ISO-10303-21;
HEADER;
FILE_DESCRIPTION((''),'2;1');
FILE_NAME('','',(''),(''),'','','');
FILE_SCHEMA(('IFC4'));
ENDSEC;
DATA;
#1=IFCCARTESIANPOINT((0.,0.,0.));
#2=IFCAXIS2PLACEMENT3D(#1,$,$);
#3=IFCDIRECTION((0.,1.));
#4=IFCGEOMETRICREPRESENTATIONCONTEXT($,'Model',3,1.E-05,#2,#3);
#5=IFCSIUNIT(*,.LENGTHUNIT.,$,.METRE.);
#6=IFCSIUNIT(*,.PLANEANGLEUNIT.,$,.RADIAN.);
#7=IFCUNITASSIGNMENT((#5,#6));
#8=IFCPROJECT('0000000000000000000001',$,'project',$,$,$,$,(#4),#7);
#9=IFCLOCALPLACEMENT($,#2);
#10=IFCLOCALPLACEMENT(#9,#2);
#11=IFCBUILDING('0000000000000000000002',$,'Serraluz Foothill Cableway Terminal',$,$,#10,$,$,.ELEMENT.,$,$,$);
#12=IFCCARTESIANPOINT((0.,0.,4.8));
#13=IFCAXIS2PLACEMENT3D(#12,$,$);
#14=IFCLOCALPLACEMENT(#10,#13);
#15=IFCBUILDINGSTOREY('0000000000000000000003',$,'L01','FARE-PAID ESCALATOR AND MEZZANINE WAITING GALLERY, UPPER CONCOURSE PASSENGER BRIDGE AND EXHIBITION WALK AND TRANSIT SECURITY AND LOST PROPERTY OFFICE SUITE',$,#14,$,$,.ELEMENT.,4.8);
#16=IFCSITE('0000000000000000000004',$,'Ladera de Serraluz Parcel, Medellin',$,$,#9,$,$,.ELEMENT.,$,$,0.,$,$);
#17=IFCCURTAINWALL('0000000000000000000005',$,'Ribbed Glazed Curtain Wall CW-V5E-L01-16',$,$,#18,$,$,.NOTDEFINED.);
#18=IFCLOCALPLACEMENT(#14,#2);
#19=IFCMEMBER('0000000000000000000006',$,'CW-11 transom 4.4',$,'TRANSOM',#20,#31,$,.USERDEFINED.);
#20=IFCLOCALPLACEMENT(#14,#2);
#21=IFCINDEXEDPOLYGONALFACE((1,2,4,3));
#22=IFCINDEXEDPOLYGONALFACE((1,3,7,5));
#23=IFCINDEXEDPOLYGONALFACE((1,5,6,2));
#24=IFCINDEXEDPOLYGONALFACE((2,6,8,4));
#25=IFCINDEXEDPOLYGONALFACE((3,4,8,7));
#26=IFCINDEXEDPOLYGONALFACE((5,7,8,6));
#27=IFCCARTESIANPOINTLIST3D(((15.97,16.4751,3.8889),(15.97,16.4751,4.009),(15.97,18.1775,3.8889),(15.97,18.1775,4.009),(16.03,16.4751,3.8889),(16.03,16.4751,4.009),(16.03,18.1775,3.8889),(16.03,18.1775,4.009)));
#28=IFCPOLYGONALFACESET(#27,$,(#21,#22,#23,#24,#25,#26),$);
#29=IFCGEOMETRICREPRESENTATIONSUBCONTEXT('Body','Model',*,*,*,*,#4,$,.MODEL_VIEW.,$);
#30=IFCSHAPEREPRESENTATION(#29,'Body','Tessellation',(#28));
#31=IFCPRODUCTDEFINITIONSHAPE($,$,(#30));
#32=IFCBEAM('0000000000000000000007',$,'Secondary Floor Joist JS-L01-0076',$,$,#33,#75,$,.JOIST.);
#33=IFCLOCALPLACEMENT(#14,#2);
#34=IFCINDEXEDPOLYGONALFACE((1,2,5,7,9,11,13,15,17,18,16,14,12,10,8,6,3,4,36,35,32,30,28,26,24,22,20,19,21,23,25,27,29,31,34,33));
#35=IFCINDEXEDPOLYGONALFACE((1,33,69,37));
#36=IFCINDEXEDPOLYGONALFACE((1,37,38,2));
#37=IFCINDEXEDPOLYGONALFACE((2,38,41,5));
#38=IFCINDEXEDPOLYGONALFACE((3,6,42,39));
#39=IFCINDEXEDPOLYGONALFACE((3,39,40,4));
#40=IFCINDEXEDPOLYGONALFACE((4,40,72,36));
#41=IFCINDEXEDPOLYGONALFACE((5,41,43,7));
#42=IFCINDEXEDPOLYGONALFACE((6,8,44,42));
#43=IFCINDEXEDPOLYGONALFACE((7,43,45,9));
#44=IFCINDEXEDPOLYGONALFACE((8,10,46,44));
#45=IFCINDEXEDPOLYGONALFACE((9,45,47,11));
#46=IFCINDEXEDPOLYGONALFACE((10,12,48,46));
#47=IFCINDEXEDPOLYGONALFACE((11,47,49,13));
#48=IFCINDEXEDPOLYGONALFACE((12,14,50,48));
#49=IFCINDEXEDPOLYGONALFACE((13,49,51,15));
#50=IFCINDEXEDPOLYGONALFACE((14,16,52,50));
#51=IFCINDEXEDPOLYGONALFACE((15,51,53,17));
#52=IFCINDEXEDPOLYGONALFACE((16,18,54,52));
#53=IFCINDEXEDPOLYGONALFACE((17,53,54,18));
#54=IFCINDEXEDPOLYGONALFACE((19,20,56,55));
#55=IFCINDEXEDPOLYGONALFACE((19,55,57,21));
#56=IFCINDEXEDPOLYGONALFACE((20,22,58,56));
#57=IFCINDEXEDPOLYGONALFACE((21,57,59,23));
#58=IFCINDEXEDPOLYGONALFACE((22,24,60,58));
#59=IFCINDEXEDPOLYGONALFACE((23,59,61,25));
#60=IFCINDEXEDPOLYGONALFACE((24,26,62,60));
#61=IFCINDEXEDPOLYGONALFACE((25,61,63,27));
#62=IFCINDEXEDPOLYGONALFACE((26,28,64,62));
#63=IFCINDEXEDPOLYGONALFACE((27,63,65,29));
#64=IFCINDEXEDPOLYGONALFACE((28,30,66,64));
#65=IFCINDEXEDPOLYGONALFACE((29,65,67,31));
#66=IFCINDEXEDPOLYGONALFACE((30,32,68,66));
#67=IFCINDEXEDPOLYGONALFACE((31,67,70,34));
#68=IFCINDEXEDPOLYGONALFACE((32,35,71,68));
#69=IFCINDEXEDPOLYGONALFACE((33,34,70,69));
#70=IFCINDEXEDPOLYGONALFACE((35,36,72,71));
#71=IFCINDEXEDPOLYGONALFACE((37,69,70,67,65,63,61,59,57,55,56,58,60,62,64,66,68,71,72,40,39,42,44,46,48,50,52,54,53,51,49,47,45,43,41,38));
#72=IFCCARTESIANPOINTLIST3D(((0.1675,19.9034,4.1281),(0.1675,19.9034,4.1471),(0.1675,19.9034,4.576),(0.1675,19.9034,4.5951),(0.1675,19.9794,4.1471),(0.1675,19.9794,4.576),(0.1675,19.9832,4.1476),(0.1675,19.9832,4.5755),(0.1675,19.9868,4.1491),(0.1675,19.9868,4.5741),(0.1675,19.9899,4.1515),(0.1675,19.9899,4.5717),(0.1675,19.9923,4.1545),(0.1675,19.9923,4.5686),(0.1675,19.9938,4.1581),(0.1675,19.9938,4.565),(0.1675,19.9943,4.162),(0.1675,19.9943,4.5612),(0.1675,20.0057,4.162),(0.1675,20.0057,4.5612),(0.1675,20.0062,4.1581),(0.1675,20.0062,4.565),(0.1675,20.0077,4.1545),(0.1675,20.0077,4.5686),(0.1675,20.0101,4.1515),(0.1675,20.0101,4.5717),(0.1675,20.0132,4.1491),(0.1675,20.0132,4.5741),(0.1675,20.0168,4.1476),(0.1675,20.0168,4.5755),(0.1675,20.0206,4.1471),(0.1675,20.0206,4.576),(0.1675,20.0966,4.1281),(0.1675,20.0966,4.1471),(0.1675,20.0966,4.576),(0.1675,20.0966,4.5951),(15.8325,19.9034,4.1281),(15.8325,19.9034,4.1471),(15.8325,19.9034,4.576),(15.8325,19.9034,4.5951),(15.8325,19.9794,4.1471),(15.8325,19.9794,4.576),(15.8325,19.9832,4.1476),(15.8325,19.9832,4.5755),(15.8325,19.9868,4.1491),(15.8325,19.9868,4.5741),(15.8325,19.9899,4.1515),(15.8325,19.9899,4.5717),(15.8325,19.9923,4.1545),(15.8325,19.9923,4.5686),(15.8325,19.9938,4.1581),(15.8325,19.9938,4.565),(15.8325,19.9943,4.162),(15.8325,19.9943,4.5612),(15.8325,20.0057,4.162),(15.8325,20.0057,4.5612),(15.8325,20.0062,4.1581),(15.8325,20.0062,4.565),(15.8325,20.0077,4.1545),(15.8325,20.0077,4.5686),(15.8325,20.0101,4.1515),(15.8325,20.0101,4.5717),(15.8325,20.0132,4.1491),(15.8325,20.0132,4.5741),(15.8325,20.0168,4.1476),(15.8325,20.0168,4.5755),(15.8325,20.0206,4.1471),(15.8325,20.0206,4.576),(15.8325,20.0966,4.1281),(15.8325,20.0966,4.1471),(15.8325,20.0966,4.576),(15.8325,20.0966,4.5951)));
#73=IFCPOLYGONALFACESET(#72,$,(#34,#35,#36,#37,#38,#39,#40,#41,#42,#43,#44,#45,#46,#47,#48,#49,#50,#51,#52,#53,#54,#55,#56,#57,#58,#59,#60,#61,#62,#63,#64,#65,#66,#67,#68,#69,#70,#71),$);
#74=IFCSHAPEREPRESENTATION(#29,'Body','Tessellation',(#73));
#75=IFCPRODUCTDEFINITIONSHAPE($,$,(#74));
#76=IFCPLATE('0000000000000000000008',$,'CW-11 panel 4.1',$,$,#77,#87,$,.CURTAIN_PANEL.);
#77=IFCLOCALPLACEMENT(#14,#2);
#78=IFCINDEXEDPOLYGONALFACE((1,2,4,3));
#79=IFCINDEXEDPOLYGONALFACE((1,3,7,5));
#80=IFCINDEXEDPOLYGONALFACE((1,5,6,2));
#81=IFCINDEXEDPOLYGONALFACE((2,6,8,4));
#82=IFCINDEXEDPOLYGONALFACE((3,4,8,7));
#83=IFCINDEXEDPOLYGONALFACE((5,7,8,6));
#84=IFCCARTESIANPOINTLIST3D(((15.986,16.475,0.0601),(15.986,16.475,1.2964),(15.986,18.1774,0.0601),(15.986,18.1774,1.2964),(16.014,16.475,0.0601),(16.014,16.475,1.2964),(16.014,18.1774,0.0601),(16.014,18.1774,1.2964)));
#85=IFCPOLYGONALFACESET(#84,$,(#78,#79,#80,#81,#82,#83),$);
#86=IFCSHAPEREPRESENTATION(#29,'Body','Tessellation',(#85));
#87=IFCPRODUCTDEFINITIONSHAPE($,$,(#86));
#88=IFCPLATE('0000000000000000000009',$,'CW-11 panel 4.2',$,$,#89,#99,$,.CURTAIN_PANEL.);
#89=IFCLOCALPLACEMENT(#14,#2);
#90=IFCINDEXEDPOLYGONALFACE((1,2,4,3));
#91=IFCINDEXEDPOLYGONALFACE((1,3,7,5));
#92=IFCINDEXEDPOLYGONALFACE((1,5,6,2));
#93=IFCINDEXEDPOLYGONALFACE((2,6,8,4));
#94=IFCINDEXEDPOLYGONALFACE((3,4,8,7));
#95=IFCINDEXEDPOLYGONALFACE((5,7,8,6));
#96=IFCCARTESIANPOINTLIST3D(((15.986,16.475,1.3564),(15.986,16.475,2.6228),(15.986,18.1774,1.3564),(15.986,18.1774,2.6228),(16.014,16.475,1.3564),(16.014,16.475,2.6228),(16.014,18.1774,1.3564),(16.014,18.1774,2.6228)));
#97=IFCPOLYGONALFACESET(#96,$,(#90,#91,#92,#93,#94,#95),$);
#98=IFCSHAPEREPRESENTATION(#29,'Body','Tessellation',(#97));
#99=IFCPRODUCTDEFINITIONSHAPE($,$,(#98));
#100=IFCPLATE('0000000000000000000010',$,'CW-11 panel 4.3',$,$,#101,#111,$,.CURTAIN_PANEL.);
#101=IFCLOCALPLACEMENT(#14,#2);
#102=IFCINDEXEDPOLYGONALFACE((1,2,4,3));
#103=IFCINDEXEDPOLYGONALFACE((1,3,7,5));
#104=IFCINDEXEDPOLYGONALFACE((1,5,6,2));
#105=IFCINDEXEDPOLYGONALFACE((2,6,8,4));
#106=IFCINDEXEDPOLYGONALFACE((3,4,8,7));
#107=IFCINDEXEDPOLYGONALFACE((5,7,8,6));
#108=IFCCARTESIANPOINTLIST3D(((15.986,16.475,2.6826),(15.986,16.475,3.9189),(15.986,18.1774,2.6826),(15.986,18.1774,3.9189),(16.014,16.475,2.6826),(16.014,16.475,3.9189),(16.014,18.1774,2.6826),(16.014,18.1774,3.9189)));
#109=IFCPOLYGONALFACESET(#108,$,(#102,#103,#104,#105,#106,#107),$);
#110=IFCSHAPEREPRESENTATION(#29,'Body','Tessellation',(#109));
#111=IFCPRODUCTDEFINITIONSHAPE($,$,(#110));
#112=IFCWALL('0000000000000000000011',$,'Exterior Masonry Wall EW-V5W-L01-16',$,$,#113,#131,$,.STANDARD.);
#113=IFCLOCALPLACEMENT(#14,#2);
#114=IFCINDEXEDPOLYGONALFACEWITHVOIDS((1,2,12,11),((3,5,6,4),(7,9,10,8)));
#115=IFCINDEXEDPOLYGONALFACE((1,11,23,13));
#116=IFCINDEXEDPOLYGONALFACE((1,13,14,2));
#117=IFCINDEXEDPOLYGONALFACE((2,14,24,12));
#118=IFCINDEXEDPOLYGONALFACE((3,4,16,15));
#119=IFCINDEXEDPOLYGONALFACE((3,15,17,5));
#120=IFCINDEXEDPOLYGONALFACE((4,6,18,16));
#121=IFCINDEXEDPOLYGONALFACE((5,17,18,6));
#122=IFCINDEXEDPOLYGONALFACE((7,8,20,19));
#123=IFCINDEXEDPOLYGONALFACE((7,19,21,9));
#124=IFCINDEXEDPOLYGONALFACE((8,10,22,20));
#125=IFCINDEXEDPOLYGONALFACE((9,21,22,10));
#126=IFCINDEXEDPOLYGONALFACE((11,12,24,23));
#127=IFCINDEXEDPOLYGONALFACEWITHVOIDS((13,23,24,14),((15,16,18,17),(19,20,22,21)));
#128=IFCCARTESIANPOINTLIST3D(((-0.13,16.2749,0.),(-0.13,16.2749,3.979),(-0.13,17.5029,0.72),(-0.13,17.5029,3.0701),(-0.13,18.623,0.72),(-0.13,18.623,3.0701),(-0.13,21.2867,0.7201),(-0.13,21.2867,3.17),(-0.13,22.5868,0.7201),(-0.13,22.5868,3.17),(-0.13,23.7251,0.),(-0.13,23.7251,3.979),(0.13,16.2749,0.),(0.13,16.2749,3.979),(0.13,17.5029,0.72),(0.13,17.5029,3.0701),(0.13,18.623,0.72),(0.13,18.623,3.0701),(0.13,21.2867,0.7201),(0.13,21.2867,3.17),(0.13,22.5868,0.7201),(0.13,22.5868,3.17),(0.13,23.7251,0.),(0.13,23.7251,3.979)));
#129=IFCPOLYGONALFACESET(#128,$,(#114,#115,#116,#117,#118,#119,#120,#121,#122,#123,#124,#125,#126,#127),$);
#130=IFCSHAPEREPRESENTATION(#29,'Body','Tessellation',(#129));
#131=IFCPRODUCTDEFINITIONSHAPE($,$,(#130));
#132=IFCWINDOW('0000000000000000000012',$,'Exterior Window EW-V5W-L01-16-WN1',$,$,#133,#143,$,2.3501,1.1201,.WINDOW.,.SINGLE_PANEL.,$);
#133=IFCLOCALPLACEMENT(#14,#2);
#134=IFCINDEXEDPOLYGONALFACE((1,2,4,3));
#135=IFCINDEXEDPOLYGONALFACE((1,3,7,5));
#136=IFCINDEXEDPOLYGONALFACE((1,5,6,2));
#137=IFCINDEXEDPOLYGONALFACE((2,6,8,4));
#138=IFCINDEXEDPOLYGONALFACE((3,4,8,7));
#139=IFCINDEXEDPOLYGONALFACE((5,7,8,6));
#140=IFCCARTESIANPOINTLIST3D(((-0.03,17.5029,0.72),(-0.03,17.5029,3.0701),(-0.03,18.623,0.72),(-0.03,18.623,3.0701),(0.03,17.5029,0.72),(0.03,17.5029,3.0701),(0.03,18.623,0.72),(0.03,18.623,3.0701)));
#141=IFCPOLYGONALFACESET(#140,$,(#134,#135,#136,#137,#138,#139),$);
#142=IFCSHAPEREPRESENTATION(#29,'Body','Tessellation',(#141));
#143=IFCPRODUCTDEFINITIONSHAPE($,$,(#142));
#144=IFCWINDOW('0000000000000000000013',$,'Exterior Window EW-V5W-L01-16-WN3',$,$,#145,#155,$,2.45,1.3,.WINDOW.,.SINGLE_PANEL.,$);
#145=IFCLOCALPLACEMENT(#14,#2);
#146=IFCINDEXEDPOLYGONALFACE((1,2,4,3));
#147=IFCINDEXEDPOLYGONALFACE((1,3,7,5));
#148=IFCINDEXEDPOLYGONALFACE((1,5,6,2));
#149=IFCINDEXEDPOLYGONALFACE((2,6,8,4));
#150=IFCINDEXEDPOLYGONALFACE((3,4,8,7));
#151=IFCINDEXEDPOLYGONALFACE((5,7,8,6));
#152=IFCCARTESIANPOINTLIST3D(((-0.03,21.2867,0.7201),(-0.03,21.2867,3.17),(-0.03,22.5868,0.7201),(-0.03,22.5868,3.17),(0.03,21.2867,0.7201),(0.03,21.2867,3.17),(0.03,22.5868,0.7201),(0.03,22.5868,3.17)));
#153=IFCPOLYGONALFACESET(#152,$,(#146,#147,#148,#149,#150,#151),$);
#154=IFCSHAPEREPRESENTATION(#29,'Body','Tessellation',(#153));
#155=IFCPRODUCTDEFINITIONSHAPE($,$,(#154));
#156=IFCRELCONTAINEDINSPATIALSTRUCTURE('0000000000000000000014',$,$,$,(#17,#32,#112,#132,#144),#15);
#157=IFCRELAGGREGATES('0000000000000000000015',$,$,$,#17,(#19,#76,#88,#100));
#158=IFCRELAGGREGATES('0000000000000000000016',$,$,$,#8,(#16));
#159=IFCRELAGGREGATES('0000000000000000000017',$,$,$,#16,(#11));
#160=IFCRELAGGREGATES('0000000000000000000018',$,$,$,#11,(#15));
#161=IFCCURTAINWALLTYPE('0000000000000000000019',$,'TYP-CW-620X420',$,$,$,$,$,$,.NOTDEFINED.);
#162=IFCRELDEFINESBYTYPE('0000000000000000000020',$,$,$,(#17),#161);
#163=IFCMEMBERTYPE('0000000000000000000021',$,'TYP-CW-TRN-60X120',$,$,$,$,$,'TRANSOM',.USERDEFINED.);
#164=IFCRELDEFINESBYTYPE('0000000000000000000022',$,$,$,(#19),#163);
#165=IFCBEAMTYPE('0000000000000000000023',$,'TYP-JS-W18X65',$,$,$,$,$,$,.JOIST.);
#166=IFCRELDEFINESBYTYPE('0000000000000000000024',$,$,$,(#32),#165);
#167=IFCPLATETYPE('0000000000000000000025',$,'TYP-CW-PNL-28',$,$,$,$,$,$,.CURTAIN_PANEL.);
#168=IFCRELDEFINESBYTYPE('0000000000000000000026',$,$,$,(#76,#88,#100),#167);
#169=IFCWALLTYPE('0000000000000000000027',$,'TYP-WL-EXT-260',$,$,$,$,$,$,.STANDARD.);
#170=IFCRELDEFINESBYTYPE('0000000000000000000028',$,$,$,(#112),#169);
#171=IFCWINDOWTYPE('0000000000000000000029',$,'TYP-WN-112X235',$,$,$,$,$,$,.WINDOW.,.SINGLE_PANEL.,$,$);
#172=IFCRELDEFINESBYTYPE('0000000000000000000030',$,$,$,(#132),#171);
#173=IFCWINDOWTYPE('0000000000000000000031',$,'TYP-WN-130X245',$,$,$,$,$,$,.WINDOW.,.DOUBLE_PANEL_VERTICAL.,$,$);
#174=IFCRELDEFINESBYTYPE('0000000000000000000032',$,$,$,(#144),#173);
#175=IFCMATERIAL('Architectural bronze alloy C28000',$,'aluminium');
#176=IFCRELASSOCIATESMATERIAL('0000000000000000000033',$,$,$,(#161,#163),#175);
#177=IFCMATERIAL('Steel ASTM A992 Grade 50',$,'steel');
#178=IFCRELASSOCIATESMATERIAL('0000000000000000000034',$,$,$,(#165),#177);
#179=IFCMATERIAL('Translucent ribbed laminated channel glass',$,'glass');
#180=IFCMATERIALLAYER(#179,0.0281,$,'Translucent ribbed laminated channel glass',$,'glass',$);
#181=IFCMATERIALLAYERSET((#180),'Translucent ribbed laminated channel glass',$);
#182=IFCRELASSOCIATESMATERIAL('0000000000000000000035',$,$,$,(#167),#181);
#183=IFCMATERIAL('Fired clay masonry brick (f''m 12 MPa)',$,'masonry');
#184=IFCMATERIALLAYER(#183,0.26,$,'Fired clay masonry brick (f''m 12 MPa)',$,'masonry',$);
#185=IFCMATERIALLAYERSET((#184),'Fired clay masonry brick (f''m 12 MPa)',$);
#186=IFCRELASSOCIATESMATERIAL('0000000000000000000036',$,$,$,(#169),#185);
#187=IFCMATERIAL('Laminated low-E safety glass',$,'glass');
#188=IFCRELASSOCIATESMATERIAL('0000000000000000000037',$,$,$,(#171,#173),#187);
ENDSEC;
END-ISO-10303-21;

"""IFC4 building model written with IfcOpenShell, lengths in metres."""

from ifc_helpers import new_model, si_unit, direction, frame, frame_2d, origin, origin_2d, place, context, subcontext, project, spatial, rectangle, i_section, extrude, material, layer, layer_set, material_profile, profile_set, type_object, element, fill, aggregate, save


model = new_model("IFC4")

# Units and contexts
model_context = context("Model", 3, precision=1e-05, world=origin(), true_north=direction((0.0, 1.0)))
body_context = subcontext(model_context, "Body", "Model", "MODEL_VIEW")
ifc_project = project(units=[si_unit("LENGTHUNIT", "METRE"), si_unit("PLANEANGLEUNIT", "RADIAN")], contexts=[model_context])

# Site, building, storey
site_placement = place(None, origin())
site = spatial("IfcSite", under=ifc_project, at=site_placement, Name="Ladera de Serraluz Parcel, Medellin", CompositionType="ELEMENT", RefElevation=0.0)
building_placement = place(site_placement, origin())
building = spatial("IfcBuilding", under=site, at=building_placement, Name="Serraluz Foothill Cableway Terminal", CompositionType="ELEMENT")
storey_placement = place(building_placement, frame((0.0, 0.0, 4.8)))
storey = spatial("IfcBuildingStorey", under=building, at=storey_placement, Name="L01", Description="FARE-PAID ESCALATOR AND MEZZANINE WAITING GALLERY, UPPER CONCOURSE PASSENGER BRIDGE AND EXHIBITION WALK AND TRANSIT SECURITY AND LOST PROPERTY OFFICE SUITE", CompositionType="ELEMENT", Elevation=4.8)

# Shared definitions
ifc_material_1 = material(Name="Fired clay masonry brick (f'm 12 MPa)", Category="masonry")

# Shared definitions
ifc_material_2 = material(Name="Steel ASTM A992 Grade 50", Category="steel")

# Curtain wall, member
ifc_material_3 = material(Name="Architectural bronze alloy C28000", Category="aluminium")
curtain_wall_type = type_object("IfcCurtainWallType", Name="TYP-CW-620X420", PredefinedType="NOTDEFINED", material=ifc_material_3)
curtain_wall_placement = place(storey_placement, origin())
curtain_wall = element("IfcCurtainWall", 1, at=curtain_wall_placement, inside=storey, type_object=curtain_wall_type, Name="Ribbed Glazed Curtain Wall CW-V5E-L01-16", PredefinedType="NOTDEFINED")
ifc_material_profile_1 = material_profile(ifc_material_3, rectangle(XDim=0.0601, YDim=0.1201, at=origin_2d()), Name="ALU TRANSOM 60x120")
ifc_profile_set_1 = profile_set([ifc_material_profile_1], Name="Architectural bronze alloy C28000")
member_type_1 = type_object("IfcMemberType", Name="TYP-CW-TRN-60X120", ElementType="TRANSOM", PredefinedType="USERDEFINED", material=ifc_profile_set_1)
member_1_placement = place(storey_placement, frame((16.0, 18.1775, 3.949), z_axis=(0.0, -1.0, 0.0), x_axis=(1.0, 0.0, 0.0)))
member_1 = element("IfcMember", 2, at=member_1_placement, type_object=member_type_1, Name="CW-11 transom 4.4", ObjectType="TRANSOM", PredefinedType="USERDEFINED", context=body_context, shape_type="SweptSolid", body=[
    extrude(rectangle(XDim=0.0601, YDim=0.1201, at=origin_2d()), origin(), (0.0, 0.0, 1.0), 1.7024),
])

# Beam
ifc_material_profile_2 = material_profile(ifc_material_2, i_section(OverallWidth=0.1931, OverallDepth=0.467, WebThickness=0.0115, FlangeThickness=0.019, FilletRadius=0.0149, at=origin_2d()), Name="W18X65")
ifc_profile_set_2 = profile_set([ifc_material_profile_2], Name="Steel ASTM A992 Grade 50")
beam_type_1 = type_object("IfcBeamType", Name="TYP-JS-W18X65", PredefinedType="JOIST", material=ifc_profile_set_2)
beam_1_placement = place(storey_placement, frame((0.1675, 20.0, 4.3616), z_axis=(1.0, 0.0, 0.0), x_axis=(0.0, 1.0, 0.0)))
element("IfcBeam", 3, at=beam_1_placement, inside=storey, type_object=beam_type_1, Name="Secondary Floor Joist JS-L01-0076", PredefinedType="JOIST", context=body_context, shape_type="SweptSolid", body=[
    extrude(i_section(OverallWidth=0.1931, OverallDepth=0.467, WebThickness=0.0115, FlangeThickness=0.019, FilletRadius=0.0149, at=origin_2d()), origin(), (0.0, 0.0, 1.0), 15.665),
])

# Plates
ifc_material_4 = material(Name="Translucent ribbed laminated channel glass", Category="glass")
ifc_layer_1 = layer(ifc_material_4, 0.0281, Name="Translucent ribbed laminated channel glass", Category="glass")
ifc_layer_set_1 = layer_set([ifc_layer_1], Name="Translucent ribbed laminated channel glass")
plate_type = type_object("IfcPlateType", Name="TYP-CW-PNL-28", PredefinedType="CURTAIN_PANEL", material=ifc_layer_set_1)
plate_1_placement = place(storey_placement, frame((16.0, 17.3262, 0.0601), z_axis=(0.0, 0.0, 1.0), x_axis=(0.0, -1.0, 0.0)))
plate_1 = element("IfcPlate", 4, at=plate_1_placement, type_object=plate_type, Name="CW-11 panel 4.1", PredefinedType="CURTAIN_PANEL", context=body_context, shape_type="SweptSolid", body=[
    extrude(rectangle(XDim=1.7024, YDim=0.0281, at=origin_2d()), origin(), (0.0, 0.0, 1.0), 1.2363),
])
plate_2_placement = place(storey_placement, frame((16.0, 17.3262, 1.3564), z_axis=(0.0, 0.0, 1.0), x_axis=(0.0, -1.0, 0.0)))
plate_2 = element("IfcPlate", 5, at=plate_2_placement, type_object=plate_type, Name="CW-11 panel 4.2", PredefinedType="CURTAIN_PANEL", context=body_context, shape_type="SweptSolid", body=[
    extrude(rectangle(XDim=1.7024, YDim=0.0281, at=origin_2d()), origin(), (0.0, 0.0, 1.0), 1.2664),
])
plate_3_placement = place(storey_placement, frame((16.0, 17.3262, 2.6826), z_axis=(0.0, 0.0, 1.0), x_axis=(0.0, -1.0, 0.0)))
plate_3 = element("IfcPlate", 6, at=plate_3_placement, type_object=plate_type, Name="CW-11 panel 4.3", PredefinedType="CURTAIN_PANEL", context=body_context, shape_type="SweptSolid", body=[
    extrude(rectangle(XDim=1.7024, YDim=0.0281, at=origin_2d()), origin(), (0.0, 0.0, 1.0), 1.2363),
])
aggregate(curtain_wall, [member_1, plate_1, plate_2, plate_3])

# Wall, openings, windows
ifc_layer_2 = layer(ifc_material_1, 0.26, Name="Fired clay masonry brick (f'm 12 MPa)", Category="masonry")
ifc_layer_set_2 = layer_set([ifc_layer_2], Name="Fired clay masonry brick (f'm 12 MPa)")
wall_type = type_object("IfcWallType", Name="TYP-WL-EXT-260", PredefinedType="STANDARD", material=ifc_layer_set_2)
wall_1_placement = place(storey_placement, frame((0.0, 16.2749, 0.0), z_axis=(0.0, 0.0, 1.0), x_axis=(0.0, 1.0, 0.0)))
wall_1 = element("IfcWall", 7, at=wall_1_placement, inside=storey, type_object=wall_type, Name="Exterior Masonry Wall EW-V5W-L01-16", PredefinedType="STANDARD", context=body_context, shape_type="SweptSolid", body=[
    extrude(rectangle(XDim=7.4502, YDim=0.26, at=frame_2d((3.7251, 0.0))), origin(), (0.0, 0.0, 1.0), 3.979),
])
opening_1_placement = place(wall_1_placement, frame((1.228, 0.0, 0.72)))
opening_1 = element("IfcOpeningElement", 8, at=opening_1_placement, cuts=wall_1, PredefinedType="OPENING", context=body_context, shape_type="SweptSolid", body=[
    extrude(rectangle(XDim=1.1201, YDim=2.3501, at=frame_2d((0.5601, 1.175))), frame((0.0, 0.1401, 0.0), z_axis=(0.0, -1.0, 0.0), x_axis=(1.0, 0.0, 0.0)), (0.0, 0.0, 1.0), 0.28),
])
opening_2_placement = place(wall_1_placement, frame((5.012, 0.0, 0.72)))
opening_2 = element("IfcOpeningElement", 9, at=opening_2_placement, cuts=wall_1, PredefinedType="OPENING", context=body_context, shape_type="SweptSolid", body=[
    extrude(rectangle(XDim=1.3, YDim=2.45, at=frame_2d((0.6499, 1.2251))), frame((0.0, 0.1401, 0.0), z_axis=(0.0, -1.0, 0.0), x_axis=(1.0, 0.0, 0.0)), (0.0, 0.0, 1.0), 0.28),
])
ifc_material_5 = material(Name="Laminated low-E safety glass", Category="glass")
window_type_1 = type_object("IfcWindowType", Name="TYP-WN-112X235", PartitioningType="SINGLE_PANEL", PredefinedType="WINDOW", material=ifc_material_5)
window_1_placement = place(opening_1_placement, origin())
window_1 = element("IfcWindow", 10, at=window_1_placement, inside=storey, type_object=window_type_1, Name="Exterior Window EW-V5W-L01-16-WN1", OverallHeight=2.3501, OverallWidth=1.1201, PartitioningType="SINGLE_PANEL", PredefinedType="WINDOW", context=body_context, shape_type="SweptSolid", body=[
    extrude(rectangle(XDim=1.1201, YDim=2.3501, at=frame_2d((0.5601, 1.175))), frame((0.0, 0.03, 0.0), z_axis=(0.0, -1.0, 0.0), x_axis=(1.0, 0.0, 0.0)), (0.0, 0.0, 1.0), 0.0601),
])
fill(opening_1, window_1)
window_type_2 = type_object("IfcWindowType", Name="TYP-WN-130X245", PartitioningType="DOUBLE_PANEL_VERTICAL", PredefinedType="WINDOW", material=ifc_material_5)
window_2_placement = place(opening_2_placement, origin())
window_2 = element("IfcWindow", 11, at=window_2_placement, inside=storey, type_object=window_type_2, Name="Exterior Window EW-V5W-L01-16-WN3", OverallHeight=2.45, OverallWidth=1.3, PartitioningType="SINGLE_PANEL", PredefinedType="WINDOW", context=body_context, shape_type="SweptSolid", body=[
    extrude(rectangle(XDim=1.3, YDim=2.45, at=frame_2d((0.6499, 1.2251))), frame((0.0, 0.03, 0.0), z_axis=(0.0, -1.0, 0.0), x_axis=(1.0, 0.0, 0.0)), (0.0, 0.0, 1.0), 0.0601),
])
fill(opening_2, window_2)

save(model, "model.ifc")
